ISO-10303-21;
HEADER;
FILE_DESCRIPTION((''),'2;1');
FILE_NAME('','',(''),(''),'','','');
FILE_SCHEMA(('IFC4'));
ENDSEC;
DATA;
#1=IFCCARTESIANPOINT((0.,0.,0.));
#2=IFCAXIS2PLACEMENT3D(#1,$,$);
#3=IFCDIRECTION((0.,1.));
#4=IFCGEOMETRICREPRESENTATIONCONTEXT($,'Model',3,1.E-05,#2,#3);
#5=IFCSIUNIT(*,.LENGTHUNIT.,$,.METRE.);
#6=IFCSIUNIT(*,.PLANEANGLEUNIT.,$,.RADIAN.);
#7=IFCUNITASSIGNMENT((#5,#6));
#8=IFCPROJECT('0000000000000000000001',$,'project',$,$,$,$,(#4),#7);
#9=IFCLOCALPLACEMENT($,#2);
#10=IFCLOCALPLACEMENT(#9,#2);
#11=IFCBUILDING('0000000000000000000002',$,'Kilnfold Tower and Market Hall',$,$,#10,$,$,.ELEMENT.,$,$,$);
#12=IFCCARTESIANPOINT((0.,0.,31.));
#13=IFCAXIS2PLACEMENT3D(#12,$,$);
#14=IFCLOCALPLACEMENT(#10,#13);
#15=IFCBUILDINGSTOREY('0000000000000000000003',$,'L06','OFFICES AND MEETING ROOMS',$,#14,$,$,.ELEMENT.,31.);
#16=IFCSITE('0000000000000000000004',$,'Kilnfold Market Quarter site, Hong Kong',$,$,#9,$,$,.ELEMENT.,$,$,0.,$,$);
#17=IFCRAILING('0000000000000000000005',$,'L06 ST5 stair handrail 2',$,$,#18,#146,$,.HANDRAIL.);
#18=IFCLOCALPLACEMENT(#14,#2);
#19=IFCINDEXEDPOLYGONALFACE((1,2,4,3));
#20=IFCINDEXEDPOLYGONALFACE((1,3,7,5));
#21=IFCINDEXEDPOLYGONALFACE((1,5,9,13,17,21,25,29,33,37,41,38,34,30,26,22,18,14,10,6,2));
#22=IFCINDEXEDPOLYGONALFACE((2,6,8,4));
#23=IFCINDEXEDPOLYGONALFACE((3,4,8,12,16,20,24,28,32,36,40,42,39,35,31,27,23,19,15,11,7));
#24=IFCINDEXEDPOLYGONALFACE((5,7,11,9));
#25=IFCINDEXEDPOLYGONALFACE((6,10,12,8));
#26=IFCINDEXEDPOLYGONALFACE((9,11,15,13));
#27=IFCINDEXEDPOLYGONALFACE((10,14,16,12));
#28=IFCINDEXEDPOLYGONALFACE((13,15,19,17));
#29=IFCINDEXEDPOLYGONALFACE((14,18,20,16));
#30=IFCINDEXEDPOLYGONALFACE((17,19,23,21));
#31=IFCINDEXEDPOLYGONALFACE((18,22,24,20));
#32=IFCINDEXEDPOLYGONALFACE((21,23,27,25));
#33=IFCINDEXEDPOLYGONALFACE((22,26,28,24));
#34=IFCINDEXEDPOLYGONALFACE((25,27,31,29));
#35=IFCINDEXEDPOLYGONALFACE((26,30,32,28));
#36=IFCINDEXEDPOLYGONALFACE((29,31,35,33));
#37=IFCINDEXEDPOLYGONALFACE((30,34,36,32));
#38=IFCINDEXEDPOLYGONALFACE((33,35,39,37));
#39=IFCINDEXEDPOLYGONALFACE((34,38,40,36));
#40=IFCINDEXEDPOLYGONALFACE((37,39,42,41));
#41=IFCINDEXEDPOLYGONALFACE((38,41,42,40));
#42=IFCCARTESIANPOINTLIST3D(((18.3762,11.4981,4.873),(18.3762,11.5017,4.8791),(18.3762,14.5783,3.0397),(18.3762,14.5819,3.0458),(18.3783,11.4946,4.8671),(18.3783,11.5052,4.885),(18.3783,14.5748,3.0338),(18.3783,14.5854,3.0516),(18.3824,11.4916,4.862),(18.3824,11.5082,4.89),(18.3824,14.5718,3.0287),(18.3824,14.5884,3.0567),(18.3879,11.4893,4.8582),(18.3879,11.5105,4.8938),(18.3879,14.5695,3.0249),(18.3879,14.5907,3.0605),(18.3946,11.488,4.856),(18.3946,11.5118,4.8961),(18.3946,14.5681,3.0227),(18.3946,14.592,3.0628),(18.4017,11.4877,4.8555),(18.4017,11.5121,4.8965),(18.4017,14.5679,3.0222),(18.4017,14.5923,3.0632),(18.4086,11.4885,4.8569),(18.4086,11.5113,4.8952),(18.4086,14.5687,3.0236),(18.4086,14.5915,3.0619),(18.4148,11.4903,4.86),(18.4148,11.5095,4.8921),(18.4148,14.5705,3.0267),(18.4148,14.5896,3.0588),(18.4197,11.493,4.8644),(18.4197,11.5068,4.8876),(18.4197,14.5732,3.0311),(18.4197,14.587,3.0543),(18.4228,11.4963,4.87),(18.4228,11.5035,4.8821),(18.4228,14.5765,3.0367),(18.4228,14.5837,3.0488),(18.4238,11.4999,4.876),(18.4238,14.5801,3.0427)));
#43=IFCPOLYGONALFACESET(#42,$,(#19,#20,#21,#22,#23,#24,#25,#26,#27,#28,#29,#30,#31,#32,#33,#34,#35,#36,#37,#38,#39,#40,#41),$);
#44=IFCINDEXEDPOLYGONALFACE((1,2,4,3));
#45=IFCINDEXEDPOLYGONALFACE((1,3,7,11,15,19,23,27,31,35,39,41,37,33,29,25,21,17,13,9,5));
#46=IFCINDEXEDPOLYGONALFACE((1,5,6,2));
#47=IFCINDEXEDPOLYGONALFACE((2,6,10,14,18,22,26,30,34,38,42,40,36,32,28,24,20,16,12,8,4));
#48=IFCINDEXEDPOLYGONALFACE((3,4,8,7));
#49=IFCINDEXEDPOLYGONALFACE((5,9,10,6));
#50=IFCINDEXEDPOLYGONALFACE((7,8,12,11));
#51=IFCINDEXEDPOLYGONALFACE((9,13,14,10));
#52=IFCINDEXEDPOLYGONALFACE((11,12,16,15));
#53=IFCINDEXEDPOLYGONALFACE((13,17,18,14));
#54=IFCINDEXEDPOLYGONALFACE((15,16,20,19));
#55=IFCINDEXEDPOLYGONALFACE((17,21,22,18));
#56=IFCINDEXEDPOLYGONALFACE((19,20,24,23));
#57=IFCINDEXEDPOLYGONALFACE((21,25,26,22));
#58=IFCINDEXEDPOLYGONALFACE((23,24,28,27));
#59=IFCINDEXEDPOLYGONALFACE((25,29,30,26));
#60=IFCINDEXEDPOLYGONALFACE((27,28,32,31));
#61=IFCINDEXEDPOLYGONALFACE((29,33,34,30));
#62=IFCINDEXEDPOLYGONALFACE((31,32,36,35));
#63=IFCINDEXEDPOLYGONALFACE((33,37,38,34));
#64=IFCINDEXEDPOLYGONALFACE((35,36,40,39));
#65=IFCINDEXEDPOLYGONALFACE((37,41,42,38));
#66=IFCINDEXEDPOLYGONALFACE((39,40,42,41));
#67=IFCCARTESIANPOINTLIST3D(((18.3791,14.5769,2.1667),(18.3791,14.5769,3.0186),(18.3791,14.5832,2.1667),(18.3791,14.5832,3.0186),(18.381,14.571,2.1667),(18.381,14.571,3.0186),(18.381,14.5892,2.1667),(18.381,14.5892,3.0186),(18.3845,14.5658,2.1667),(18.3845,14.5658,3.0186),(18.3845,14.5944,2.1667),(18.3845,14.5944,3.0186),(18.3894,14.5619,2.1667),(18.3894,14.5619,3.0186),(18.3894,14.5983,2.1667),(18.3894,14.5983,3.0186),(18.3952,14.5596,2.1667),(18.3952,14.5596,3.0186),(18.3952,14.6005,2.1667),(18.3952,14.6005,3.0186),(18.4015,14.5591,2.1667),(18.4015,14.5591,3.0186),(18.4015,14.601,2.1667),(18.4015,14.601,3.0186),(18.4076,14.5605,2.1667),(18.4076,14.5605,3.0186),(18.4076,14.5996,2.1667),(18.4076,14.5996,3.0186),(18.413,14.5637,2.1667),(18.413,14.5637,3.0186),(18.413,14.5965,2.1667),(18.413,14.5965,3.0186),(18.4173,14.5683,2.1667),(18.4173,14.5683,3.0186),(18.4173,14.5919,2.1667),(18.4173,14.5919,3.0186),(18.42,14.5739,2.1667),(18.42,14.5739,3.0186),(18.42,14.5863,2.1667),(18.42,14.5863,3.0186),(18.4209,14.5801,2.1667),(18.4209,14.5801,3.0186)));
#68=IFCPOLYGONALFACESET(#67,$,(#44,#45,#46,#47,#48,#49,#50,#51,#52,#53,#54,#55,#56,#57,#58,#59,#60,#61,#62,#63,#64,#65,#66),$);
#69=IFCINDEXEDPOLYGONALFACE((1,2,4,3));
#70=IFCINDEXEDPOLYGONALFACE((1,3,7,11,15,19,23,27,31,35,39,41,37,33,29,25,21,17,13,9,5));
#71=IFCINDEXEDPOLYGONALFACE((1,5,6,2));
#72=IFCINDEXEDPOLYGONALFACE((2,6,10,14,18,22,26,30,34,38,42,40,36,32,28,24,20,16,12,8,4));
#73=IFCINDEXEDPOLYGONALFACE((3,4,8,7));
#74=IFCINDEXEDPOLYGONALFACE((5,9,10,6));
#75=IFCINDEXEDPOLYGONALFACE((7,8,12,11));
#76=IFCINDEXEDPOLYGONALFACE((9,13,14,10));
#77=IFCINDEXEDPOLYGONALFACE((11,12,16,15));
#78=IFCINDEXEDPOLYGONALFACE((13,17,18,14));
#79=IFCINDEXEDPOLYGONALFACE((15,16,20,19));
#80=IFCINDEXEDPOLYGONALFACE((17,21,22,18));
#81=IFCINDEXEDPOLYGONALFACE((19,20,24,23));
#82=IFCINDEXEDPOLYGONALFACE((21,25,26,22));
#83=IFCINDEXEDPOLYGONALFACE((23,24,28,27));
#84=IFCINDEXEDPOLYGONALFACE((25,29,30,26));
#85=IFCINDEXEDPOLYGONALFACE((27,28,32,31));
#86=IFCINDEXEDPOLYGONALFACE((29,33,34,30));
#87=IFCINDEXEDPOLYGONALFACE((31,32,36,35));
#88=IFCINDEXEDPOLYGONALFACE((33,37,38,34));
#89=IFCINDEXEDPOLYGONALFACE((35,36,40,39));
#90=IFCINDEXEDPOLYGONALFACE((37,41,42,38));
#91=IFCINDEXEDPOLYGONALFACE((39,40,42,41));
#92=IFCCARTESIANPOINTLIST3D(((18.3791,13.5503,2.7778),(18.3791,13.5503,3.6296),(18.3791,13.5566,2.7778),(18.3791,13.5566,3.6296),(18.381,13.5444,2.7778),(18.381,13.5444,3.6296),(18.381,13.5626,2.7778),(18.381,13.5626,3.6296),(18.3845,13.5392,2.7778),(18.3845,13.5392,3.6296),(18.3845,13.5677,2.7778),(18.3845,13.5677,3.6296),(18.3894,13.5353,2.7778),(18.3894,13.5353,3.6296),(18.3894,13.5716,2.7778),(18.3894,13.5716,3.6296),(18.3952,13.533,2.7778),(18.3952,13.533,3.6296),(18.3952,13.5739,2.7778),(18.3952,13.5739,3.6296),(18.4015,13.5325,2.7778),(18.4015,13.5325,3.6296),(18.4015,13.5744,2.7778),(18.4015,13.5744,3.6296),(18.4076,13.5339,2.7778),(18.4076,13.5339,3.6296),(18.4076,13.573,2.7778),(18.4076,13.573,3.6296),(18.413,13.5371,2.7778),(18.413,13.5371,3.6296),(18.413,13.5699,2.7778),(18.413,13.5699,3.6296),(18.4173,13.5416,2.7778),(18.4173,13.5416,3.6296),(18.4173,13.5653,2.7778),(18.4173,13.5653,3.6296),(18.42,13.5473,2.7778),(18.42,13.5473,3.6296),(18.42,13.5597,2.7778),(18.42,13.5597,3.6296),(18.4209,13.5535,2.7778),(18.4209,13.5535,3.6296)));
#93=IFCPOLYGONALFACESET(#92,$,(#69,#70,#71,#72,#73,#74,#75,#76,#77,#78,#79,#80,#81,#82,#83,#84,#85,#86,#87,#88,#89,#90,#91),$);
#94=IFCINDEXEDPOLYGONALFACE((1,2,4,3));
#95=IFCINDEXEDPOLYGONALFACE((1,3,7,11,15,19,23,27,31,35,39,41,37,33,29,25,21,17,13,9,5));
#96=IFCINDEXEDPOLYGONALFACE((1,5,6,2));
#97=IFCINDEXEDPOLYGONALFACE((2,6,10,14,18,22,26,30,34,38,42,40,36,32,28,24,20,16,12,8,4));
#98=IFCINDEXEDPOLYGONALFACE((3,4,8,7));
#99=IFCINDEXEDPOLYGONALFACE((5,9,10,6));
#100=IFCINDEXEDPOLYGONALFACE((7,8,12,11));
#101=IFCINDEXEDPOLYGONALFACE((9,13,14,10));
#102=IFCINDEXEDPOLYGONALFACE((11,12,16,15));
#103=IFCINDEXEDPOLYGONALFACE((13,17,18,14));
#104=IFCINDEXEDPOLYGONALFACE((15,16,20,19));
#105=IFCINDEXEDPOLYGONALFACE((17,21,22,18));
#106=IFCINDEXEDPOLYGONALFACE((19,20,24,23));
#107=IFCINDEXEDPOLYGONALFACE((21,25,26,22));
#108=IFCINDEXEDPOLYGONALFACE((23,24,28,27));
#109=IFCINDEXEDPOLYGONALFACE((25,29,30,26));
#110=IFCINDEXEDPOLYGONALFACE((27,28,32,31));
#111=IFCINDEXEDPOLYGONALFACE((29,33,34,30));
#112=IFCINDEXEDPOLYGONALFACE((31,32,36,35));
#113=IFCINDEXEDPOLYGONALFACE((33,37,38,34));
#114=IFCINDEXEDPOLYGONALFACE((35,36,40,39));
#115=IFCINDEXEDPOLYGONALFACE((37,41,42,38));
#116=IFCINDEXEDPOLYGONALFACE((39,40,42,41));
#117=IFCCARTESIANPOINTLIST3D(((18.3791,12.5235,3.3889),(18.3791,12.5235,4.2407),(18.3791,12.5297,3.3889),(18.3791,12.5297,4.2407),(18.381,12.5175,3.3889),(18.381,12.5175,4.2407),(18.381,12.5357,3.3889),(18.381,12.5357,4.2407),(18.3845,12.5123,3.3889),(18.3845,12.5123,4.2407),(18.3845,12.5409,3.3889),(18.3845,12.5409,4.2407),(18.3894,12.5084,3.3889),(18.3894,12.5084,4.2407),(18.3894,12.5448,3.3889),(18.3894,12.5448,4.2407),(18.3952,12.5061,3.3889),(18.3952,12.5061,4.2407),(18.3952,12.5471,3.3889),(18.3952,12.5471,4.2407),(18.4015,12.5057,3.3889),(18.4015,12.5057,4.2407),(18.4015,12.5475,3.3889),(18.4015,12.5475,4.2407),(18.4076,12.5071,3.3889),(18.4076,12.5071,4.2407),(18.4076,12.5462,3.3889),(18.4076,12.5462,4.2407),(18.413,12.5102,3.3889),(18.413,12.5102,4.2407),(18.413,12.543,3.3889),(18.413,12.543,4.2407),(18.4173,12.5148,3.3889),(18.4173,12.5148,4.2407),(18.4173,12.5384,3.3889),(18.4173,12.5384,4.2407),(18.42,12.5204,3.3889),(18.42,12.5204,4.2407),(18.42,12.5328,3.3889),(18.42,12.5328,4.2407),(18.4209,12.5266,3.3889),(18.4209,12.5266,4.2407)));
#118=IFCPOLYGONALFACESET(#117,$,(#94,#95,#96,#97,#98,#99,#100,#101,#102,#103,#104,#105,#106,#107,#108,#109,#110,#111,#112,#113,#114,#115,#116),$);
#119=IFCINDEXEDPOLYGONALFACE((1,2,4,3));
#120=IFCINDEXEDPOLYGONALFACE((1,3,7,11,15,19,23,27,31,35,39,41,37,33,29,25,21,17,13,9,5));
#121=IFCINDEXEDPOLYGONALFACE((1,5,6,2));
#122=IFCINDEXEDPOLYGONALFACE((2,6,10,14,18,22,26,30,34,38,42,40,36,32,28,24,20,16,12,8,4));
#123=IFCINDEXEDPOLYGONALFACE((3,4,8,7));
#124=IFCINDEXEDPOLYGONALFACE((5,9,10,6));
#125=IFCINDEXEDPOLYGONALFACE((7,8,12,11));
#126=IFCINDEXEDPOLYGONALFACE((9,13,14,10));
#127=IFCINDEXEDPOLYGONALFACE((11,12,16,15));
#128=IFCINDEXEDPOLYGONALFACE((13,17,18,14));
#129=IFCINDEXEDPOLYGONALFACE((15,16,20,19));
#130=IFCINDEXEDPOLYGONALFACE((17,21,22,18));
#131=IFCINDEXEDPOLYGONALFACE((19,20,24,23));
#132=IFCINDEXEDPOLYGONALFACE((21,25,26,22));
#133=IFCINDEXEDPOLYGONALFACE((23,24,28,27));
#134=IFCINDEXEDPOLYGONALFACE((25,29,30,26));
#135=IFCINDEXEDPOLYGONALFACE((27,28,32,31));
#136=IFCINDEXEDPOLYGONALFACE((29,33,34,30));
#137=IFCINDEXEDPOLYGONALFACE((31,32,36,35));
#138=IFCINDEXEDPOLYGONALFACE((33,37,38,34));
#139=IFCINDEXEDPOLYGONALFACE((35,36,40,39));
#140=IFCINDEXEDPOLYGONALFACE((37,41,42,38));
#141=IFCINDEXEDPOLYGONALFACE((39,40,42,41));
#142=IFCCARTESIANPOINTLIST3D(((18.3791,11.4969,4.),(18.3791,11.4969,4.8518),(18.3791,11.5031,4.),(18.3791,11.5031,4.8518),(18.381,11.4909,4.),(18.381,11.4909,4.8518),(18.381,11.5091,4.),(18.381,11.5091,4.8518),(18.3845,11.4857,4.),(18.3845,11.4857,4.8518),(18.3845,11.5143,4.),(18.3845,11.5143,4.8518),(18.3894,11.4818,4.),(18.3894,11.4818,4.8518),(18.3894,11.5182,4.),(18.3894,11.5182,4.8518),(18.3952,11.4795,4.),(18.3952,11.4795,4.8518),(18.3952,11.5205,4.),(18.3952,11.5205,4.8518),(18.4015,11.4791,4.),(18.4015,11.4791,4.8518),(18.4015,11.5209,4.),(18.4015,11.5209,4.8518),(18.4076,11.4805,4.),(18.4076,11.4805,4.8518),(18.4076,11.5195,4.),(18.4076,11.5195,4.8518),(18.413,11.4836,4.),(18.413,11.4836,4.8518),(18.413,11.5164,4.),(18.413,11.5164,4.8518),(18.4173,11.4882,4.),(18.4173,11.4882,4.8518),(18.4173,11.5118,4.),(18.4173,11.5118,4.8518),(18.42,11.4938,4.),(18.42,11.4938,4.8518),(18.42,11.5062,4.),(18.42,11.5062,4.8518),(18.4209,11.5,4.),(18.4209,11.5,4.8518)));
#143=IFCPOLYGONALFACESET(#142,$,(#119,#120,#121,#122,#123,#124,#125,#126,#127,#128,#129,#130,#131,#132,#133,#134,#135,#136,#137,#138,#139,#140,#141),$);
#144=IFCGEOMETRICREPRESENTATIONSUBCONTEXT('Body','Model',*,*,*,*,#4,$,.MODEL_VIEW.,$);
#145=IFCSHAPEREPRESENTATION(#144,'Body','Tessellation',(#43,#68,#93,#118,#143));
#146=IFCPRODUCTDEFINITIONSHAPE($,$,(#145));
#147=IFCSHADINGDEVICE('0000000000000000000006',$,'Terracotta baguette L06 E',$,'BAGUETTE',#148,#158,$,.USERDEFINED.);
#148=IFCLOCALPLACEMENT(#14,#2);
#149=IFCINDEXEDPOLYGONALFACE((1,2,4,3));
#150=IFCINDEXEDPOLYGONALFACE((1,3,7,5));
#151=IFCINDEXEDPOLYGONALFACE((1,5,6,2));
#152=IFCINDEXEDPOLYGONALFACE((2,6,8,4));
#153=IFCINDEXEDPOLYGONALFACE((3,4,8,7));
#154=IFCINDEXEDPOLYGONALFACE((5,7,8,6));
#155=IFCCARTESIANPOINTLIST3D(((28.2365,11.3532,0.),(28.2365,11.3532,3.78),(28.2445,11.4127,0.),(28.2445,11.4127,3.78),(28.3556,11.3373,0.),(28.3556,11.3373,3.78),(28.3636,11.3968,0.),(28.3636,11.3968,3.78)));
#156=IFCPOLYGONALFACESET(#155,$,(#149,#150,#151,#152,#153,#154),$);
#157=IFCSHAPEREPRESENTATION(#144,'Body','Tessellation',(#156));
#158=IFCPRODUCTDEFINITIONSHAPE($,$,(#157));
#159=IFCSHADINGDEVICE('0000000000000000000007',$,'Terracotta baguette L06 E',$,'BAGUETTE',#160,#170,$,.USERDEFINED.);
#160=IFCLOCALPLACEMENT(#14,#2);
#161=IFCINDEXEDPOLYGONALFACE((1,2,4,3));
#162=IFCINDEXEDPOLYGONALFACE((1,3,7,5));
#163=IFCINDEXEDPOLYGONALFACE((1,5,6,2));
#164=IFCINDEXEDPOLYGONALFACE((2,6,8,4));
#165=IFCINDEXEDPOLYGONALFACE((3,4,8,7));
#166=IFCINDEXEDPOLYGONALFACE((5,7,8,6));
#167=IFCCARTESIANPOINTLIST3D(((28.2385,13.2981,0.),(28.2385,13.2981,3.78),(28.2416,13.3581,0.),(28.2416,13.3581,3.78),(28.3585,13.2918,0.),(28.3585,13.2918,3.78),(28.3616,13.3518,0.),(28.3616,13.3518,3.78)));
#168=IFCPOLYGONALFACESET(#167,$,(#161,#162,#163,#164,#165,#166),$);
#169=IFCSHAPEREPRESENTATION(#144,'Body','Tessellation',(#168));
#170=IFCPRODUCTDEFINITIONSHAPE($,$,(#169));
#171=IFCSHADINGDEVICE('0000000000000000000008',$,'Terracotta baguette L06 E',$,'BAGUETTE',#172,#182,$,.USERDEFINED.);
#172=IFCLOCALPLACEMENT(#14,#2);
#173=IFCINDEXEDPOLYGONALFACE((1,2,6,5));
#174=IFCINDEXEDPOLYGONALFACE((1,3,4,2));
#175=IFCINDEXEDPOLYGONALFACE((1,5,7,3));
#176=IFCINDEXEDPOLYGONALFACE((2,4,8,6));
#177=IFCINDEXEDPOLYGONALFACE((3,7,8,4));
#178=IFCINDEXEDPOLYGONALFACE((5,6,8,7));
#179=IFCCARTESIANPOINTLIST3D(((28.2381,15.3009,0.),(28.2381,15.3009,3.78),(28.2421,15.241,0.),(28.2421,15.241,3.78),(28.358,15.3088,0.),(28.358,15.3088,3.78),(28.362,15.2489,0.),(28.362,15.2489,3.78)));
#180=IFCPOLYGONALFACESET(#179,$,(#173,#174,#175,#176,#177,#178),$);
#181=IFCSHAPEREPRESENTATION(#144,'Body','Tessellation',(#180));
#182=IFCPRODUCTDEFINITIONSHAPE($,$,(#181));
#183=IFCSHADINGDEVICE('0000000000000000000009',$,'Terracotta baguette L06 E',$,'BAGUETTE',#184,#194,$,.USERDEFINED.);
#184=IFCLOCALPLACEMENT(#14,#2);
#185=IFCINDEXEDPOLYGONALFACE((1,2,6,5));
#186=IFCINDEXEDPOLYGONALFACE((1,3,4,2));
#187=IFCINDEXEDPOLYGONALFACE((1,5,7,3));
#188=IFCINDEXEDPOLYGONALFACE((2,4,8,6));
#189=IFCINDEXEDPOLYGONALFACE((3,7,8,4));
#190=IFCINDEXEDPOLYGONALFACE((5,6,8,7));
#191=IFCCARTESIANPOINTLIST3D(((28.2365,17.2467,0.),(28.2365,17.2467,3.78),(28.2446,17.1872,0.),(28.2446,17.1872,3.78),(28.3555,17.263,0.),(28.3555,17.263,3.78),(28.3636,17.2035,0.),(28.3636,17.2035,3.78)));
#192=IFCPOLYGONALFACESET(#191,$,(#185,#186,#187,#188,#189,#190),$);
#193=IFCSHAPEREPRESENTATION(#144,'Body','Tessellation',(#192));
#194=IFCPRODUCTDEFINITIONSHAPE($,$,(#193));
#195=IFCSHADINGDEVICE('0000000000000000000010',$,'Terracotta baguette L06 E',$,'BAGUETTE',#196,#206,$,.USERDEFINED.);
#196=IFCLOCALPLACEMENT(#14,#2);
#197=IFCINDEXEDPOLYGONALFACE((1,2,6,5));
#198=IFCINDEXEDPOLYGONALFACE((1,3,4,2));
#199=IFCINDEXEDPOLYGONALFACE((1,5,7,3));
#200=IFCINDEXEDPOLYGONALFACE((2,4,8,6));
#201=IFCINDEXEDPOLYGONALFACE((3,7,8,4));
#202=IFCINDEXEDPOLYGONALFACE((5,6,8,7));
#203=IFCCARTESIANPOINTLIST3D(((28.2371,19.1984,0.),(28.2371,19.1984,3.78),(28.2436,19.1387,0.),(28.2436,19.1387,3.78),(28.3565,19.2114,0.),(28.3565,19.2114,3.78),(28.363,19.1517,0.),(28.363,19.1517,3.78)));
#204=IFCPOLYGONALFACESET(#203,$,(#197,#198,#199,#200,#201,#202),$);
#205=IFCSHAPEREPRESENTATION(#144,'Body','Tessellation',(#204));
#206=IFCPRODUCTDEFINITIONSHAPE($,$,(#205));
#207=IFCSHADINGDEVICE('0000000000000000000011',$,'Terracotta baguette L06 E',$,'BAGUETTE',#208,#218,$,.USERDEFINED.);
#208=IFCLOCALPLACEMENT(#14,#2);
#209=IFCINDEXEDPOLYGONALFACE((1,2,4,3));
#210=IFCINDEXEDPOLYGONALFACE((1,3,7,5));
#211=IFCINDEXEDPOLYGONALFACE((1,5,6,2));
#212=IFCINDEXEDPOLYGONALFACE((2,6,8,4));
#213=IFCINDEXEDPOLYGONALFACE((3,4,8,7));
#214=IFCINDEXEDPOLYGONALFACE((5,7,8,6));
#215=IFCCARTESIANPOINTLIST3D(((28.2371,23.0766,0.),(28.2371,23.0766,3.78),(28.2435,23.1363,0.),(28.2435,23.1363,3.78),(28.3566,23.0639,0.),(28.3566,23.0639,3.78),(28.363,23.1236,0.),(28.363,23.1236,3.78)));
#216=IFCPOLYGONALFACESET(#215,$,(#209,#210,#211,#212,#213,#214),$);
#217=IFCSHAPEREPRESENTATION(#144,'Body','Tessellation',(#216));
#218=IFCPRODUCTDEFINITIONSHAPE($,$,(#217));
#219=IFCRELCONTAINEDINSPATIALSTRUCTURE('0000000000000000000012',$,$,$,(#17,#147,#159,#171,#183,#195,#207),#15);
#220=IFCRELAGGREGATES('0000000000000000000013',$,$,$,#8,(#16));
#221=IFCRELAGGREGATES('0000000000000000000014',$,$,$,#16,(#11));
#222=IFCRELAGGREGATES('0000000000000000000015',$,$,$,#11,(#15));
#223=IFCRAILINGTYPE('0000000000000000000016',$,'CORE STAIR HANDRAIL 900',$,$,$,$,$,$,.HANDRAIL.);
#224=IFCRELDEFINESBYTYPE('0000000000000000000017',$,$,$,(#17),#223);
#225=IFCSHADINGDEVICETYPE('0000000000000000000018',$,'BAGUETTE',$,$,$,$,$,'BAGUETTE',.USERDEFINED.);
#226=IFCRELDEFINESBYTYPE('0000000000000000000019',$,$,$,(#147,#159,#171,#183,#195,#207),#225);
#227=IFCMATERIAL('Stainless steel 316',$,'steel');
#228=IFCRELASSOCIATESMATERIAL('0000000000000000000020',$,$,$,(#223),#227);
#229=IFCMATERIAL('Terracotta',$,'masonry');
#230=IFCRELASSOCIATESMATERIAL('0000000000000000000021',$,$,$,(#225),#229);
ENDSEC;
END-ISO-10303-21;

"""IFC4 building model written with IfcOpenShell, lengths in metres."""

from ifc_helpers import new_model, si_unit, direction, frame, origin, origin_2d, place, context, subcontext, project, spatial, rectangle, circle, extrude, source, transform, mapped, material, material_profile, profile_set, type_object, element, save


model = new_model("IFC4")

# Units and contexts
model_context = context("Model", 3, precision=1e-05, world=origin(), true_north=direction((0.0, 1.0)))
body_context = subcontext(model_context, "Body", "Model", "MODEL_VIEW")
ifc_project = project(units=[si_unit("LENGTHUNIT", "METRE"), si_unit("PLANEANGLEUNIT", "RADIAN")], contexts=[model_context])

# Site, building, storey
site_placement = place(None, origin())
site = spatial("IfcSite", under=ifc_project, at=site_placement, Name="Kilnfold Market Quarter site, Hong Kong", CompositionType="ELEMENT", RefElevation=0.0)
building_placement = place(site_placement, origin())
building = spatial("IfcBuilding", under=site, at=building_placement, Name="Kilnfold Tower and Market Hall", CompositionType="ELEMENT")
storey_placement = place(building_placement, frame((0.0, 0.0, 31.0)))
storey = spatial("IfcBuildingStorey", under=building, at=storey_placement, Name="L06", Description="OFFICES AND MEETING ROOMS", CompositionType="ELEMENT", Elevation=31.0)

# Railing
ifc_material_1 = material(Name="Stainless steel 316", Category="steel")
railing_type_1 = type_object("IfcRailingType", Name="CORE STAIR HANDRAIL 900", PredefinedType="HANDRAIL", material=ifc_material_1)
railing_1_placement = place(storey_placement, frame((18.3999, 14.5801, 2.1667)))
element("IfcRailing", 1, at=railing_1_placement, inside=storey, type_object=railing_type_1, Name="L06 ST5 stair handrail 2", PredefinedType="HANDRAIL", context=body_context, shape_type="SweptSolid", body=[
    extrude(circle(Radius=0.0239, at=origin_2d()), frame((0.0, 0.0, 0.876), z_axis=(0.0, -0.859309, 0.511458), x_axis=(1.0, 0.0, 0.0)), (0.0, 0.0, 1.0), 3.5845),
    extrude(circle(Radius=0.021, at=origin_2d()), origin(), (0.0, 0.0, 1.0), 0.8518),
    extrude(circle(Radius=0.021, at=origin_2d()), frame((0.0, -1.0266, 0.6111)), (0.0, 0.0, 1.0), 0.8518),
    extrude(circle(Radius=0.021, at=origin_2d()), frame((0.0, -2.0535, 1.2222)), (0.0, 0.0, 1.0), 0.8518),
    extrude(circle(Radius=0.021, at=origin_2d()), frame((0.0, -3.0801, 1.8333)), (0.0, 0.0, 1.0), 0.8518),
])

# Shading devices
ifc_material_2 = material(Name="Terracotta", Category="masonry")
ifc_material_profile_1 = material_profile(ifc_material_2, rectangle(XDim=0.0601, YDim=0.1201, at=origin_2d()), Name="BAG 60x120")
ifc_profile_set_1 = profile_set([ifc_material_profile_1], Name="Terracotta")
shading_device_type = type_object("IfcShadingDeviceType", Name="BAGUETTE", ElementType="BAGUETTE", PredefinedType="USERDEFINED", material=ifc_profile_set_1)
shared_shape_1 = source(origin(), body_context, "Body", "SweptSolid", [
    extrude(rectangle(XDim=0.0601, YDim=0.1201, at=origin_2d()), origin(), (0.0, 0.0, 1.0), 3.78),
])
for number, where, z_axis, x_axis, name in (
    (2, (28.3, 11.375, 0.0), (0.0, 0.0, 1.0), (0.132388, 0.991198, 0.0), "Terracotta baguette L06 E"),
    (3, (28.3, 13.325, 0.0), (0.0, 0.0, 1.0), (0.051916, 0.998651, 0.0), "Terracotta baguette L06 E"),
    (4, (28.3, 15.2749, 0.0), (0.0, 0.0, 1.0), (-0.066157, 0.997809, 0.0), "Terracotta baguette L06 E"),
    (5, (28.3, 17.2251, 0.0), (0.0, 0.0, 1.0), (-0.136371, 0.990658, 0.0), "Terracotta baguette L06 E"),
    (6, (28.3, 19.175, 0.0), (0.0, 0.0, 1.0), (-0.108919, 0.994051, 0.0), "Terracotta baguette L06 E"),
    (7, (28.3, 23.1001, 0.0), (0.0, 0.0, 1.0), (0.106004, 0.994366, 0.0), "Terracotta baguette L06 E"),
):
    element("IfcShadingDevice", number, at=place(storey_placement, frame(where, z_axis=z_axis, x_axis=x_axis)), inside=storey, type_object=shading_device_type, Name=name, ObjectType="BAGUETTE", PredefinedType="USERDEFINED", context=body_context, shape_type="MappedRepresentation", body=[
        mapped(shared_shape_1, transform((0.0, 0.0, 0.0))),
    ])

save(model, "model.ifc")
